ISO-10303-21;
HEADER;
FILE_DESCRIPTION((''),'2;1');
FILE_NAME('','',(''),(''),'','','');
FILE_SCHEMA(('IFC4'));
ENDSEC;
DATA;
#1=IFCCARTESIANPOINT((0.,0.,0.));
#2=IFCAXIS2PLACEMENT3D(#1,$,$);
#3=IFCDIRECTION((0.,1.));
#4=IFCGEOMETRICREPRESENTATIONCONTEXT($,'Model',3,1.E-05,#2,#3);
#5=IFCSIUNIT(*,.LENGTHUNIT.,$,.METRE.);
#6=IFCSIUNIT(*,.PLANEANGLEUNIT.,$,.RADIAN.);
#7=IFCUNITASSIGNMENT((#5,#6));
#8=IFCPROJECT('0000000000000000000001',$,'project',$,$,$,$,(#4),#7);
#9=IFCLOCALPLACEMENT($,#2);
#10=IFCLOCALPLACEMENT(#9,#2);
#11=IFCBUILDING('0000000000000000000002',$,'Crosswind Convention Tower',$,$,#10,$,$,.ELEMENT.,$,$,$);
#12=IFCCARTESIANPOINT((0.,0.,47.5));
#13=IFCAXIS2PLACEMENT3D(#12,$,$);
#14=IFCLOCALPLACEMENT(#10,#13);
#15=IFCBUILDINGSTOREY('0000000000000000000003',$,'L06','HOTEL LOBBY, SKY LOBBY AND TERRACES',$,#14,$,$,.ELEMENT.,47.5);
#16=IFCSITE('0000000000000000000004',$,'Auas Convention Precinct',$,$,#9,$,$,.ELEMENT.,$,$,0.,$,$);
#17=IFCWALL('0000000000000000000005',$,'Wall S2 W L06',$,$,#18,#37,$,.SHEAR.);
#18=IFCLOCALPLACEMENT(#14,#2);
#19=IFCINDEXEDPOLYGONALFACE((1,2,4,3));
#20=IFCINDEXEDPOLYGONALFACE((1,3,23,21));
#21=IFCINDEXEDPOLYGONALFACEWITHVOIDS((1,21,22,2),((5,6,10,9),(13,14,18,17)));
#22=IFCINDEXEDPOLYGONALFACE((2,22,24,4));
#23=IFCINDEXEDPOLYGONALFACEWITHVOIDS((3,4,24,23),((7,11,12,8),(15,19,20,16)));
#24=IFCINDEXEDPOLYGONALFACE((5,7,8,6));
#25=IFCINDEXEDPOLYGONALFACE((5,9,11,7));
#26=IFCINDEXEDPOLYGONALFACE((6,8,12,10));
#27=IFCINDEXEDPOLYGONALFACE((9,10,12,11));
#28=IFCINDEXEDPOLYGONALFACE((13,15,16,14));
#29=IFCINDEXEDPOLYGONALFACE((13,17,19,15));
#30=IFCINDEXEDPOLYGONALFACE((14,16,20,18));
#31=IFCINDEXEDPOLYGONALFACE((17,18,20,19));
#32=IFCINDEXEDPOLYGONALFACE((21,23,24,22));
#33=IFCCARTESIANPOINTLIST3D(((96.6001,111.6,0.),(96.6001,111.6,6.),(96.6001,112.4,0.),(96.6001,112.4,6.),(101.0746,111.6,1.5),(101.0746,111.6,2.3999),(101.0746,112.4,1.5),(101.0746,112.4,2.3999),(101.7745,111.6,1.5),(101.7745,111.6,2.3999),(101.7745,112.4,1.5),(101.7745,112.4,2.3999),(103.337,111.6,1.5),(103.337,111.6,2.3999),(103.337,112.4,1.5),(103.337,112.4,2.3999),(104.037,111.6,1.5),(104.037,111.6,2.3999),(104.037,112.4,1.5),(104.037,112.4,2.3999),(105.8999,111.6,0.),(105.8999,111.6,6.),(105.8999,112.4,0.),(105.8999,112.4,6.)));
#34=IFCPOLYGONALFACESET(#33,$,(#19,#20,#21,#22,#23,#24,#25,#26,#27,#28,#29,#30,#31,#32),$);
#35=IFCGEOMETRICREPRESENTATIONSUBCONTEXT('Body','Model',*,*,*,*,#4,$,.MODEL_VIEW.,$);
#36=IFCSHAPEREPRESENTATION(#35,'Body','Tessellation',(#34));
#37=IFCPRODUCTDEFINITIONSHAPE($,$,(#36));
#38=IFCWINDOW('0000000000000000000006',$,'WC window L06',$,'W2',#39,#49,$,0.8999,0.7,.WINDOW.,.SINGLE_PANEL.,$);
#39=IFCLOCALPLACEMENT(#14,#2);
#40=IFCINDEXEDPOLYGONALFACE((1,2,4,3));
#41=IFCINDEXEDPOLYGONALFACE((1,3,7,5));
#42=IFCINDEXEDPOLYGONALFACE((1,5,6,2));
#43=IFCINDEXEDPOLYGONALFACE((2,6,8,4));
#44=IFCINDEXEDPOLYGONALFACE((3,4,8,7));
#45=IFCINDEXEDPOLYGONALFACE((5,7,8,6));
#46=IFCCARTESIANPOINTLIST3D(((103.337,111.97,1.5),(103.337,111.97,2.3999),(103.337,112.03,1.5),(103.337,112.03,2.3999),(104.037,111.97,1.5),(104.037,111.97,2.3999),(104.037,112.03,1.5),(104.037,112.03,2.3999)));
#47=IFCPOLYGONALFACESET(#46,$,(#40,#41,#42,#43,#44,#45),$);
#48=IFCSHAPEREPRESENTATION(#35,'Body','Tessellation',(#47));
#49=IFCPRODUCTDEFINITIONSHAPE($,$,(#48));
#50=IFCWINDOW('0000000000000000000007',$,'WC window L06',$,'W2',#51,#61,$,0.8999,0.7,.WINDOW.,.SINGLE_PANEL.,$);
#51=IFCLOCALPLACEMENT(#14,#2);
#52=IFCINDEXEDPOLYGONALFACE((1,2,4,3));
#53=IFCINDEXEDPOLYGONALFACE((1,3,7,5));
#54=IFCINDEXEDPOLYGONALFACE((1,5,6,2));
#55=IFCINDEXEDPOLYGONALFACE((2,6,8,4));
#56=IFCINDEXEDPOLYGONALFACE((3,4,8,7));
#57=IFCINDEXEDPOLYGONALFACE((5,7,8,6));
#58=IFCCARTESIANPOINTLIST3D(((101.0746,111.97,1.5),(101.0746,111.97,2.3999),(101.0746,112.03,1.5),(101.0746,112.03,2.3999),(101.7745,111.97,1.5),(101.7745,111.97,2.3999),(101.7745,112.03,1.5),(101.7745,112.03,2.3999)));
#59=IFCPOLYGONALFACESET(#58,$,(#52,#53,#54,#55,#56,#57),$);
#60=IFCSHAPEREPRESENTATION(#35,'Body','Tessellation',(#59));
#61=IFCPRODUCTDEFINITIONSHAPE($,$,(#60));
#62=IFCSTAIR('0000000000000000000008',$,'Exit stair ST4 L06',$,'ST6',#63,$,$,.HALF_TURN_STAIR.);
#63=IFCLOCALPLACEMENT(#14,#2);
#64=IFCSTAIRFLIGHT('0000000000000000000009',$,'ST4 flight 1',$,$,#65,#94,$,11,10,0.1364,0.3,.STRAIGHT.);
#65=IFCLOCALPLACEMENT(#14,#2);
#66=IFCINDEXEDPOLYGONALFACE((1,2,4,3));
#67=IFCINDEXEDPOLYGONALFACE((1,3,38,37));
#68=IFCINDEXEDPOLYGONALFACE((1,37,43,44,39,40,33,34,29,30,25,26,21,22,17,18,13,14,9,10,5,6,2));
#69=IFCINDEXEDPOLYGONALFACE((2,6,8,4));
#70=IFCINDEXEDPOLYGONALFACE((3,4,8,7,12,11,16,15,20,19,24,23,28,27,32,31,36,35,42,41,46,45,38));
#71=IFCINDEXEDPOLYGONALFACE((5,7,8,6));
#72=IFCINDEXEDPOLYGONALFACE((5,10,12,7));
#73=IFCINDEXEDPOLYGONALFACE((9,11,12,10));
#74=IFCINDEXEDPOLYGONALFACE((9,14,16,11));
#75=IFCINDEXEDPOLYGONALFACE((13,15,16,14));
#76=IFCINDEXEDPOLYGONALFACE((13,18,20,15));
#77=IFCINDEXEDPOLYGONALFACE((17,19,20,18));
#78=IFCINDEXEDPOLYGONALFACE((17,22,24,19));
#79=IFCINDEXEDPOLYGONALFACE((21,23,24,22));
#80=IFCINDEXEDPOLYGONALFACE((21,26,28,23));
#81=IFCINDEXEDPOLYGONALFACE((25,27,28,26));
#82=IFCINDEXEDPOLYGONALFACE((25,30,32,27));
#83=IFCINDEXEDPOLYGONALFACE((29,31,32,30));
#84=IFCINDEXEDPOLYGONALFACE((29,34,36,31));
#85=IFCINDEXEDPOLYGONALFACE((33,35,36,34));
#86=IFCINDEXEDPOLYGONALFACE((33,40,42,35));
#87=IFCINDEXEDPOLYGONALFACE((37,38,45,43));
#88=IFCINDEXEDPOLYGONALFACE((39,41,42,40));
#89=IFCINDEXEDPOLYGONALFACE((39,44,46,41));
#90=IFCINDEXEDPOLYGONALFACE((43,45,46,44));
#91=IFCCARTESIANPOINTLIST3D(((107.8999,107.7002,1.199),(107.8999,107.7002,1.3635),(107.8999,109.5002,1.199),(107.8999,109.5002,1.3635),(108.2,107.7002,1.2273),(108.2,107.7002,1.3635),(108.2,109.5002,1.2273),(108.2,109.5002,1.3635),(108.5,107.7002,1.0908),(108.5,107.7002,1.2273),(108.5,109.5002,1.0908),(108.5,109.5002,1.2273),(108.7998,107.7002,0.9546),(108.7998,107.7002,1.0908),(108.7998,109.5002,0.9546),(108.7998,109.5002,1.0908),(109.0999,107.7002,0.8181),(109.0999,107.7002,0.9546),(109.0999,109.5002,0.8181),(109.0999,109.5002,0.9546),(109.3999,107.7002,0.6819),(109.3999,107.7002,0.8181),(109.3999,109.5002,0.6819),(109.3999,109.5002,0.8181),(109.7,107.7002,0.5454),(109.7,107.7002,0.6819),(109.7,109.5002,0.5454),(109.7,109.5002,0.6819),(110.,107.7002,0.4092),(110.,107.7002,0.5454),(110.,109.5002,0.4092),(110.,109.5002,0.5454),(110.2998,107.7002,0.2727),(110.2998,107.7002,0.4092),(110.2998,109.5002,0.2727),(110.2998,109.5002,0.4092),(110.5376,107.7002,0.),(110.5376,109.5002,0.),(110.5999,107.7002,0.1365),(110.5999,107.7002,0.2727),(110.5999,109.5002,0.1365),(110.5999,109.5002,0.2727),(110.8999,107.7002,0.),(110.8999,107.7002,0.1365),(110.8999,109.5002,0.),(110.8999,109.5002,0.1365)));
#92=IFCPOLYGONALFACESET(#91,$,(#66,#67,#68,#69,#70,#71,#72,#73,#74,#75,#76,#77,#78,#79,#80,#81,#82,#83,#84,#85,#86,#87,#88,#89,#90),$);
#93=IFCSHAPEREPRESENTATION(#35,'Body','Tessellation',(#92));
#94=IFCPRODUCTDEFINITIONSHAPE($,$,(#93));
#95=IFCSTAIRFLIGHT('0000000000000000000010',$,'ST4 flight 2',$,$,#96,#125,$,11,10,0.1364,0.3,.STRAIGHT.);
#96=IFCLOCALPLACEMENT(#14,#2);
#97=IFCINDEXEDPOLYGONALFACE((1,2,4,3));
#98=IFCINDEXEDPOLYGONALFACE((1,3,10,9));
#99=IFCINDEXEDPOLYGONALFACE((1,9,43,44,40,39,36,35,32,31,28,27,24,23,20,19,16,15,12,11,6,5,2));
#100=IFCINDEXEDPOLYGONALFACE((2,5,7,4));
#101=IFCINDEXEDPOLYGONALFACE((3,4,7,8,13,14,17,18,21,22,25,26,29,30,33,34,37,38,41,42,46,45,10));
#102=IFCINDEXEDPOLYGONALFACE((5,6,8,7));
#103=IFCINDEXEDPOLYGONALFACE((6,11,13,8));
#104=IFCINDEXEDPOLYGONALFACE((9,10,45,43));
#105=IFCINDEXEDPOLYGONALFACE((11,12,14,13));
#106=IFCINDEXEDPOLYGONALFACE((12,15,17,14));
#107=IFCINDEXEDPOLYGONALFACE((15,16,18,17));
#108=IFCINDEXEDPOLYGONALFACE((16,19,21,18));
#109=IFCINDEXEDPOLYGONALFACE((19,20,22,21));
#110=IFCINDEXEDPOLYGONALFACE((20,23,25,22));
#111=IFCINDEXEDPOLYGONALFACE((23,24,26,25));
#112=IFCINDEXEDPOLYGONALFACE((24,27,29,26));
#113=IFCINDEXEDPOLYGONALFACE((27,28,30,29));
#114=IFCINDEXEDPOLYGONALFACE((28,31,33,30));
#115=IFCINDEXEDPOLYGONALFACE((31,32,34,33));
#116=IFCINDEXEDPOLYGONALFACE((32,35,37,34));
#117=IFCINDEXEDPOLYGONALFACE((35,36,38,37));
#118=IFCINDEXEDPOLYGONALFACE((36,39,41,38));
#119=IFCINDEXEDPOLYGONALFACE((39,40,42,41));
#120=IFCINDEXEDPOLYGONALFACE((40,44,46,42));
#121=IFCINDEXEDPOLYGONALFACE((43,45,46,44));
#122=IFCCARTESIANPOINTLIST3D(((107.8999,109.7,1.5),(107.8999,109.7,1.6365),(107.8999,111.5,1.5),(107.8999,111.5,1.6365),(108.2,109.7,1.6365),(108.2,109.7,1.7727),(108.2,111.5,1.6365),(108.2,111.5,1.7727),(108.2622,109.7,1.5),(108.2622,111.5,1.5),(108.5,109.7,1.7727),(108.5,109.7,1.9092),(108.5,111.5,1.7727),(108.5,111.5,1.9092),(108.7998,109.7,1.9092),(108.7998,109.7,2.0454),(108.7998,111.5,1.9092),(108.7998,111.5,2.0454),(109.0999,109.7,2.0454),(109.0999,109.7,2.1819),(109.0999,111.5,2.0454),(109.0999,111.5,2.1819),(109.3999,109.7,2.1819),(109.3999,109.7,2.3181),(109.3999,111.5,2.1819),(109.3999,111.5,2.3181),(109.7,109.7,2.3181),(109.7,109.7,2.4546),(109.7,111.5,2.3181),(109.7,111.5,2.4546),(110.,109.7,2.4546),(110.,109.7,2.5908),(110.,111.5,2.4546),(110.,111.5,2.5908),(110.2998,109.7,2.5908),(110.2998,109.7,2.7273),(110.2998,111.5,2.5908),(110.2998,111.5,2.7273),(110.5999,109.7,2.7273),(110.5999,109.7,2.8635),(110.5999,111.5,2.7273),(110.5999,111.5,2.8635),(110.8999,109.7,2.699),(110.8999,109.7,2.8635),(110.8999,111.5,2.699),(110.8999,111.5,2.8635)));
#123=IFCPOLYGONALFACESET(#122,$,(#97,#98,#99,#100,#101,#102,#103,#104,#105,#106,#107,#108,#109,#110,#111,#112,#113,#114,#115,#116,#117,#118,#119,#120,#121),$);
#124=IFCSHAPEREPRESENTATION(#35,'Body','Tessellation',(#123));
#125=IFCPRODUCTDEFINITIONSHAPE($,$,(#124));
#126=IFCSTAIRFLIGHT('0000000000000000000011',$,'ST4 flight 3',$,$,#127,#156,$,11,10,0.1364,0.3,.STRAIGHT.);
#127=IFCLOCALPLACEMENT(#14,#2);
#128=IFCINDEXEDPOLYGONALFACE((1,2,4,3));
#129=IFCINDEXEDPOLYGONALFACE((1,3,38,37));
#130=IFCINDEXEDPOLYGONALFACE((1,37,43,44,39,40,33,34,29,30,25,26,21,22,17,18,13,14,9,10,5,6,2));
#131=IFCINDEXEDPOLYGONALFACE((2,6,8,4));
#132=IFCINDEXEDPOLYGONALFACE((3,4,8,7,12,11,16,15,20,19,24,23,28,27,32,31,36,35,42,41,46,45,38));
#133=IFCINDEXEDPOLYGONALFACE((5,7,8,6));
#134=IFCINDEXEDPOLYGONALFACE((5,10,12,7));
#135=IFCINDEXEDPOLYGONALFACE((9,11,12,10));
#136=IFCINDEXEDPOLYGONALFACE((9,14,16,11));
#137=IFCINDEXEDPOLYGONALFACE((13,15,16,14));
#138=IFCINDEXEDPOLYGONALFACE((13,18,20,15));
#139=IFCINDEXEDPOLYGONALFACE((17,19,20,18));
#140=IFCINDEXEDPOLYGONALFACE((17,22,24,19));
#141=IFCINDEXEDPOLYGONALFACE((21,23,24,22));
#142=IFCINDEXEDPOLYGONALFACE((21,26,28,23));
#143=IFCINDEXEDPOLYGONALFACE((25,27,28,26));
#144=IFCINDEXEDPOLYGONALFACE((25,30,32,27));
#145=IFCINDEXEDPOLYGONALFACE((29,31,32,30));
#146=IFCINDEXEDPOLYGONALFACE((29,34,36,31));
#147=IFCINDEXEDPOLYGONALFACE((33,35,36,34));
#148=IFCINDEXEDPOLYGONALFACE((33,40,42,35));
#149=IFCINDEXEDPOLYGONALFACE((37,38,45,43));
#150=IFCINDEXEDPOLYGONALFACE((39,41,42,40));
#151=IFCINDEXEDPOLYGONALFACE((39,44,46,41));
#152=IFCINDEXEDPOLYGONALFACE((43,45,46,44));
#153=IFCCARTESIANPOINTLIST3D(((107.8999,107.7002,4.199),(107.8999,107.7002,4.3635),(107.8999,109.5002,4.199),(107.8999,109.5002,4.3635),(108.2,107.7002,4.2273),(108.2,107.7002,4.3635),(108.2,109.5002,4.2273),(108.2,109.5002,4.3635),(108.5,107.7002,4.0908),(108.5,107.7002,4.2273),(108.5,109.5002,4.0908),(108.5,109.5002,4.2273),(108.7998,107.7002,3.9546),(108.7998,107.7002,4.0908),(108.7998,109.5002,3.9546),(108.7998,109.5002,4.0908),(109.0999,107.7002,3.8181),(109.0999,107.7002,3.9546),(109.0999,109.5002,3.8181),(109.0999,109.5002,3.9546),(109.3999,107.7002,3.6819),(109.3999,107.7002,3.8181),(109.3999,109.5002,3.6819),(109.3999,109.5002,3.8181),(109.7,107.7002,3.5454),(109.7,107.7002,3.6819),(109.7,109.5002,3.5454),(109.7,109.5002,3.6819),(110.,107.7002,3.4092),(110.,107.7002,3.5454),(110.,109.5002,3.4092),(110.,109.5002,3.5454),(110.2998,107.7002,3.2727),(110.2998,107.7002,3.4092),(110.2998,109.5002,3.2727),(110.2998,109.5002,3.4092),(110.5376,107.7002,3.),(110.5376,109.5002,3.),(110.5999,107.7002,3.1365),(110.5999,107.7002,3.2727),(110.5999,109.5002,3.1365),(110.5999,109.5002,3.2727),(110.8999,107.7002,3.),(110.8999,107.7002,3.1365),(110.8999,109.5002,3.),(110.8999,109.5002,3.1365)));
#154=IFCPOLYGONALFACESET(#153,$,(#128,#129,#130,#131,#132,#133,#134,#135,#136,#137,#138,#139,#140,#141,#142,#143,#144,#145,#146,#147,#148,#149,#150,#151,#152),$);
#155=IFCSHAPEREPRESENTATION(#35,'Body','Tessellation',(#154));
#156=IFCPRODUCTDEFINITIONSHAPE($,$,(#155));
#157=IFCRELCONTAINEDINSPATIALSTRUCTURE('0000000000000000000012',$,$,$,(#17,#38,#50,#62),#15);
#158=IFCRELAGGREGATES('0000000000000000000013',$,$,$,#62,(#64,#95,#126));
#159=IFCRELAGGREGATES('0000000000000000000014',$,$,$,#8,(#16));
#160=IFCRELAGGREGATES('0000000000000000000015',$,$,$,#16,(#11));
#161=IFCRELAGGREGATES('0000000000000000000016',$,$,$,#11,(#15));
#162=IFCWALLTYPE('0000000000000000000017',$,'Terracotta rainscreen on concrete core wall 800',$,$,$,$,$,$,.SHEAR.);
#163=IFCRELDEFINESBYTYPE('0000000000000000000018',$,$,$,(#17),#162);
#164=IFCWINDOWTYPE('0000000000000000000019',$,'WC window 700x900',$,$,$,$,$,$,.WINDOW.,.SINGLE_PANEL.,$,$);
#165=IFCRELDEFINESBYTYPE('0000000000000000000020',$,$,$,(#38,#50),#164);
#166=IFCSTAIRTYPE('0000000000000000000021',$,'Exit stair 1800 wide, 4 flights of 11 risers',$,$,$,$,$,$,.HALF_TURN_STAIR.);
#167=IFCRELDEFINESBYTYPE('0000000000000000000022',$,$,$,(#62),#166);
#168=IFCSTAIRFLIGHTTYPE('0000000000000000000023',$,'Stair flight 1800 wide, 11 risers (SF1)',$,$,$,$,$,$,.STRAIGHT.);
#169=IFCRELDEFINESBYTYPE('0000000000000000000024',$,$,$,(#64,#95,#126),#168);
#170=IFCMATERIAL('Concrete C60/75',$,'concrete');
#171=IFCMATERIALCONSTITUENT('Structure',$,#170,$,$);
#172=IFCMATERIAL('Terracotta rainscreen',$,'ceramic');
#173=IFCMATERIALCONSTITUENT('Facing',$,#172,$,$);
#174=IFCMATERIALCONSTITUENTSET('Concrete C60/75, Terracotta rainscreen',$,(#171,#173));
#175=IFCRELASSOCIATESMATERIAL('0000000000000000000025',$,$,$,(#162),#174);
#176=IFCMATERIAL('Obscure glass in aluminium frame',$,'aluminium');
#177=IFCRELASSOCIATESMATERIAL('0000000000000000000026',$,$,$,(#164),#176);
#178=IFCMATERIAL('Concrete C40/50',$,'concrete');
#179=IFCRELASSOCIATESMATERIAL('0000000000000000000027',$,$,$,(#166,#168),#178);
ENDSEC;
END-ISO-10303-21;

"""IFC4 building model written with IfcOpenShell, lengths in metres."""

from ifc_helpers import new_model, si_unit, direction, frame, frame_2d, origin, place, context, subcontext, project, spatial, polyline, rectangle, outline, extrude, material, constituent, constituent_set, type_object, element, fill, aggregate, save


model = new_model("IFC4")

# Units and contexts
model_context = context("Model", 3, precision=1e-05, world=origin(), true_north=direction((0.0, 1.0)))
body_context = subcontext(model_context, "Body", "Model", "MODEL_VIEW")
ifc_project = project(units=[si_unit("LENGTHUNIT", "METRE"), si_unit("PLANEANGLEUNIT", "RADIAN")], contexts=[model_context])

# Site, building, storey
site_placement = place(None, origin())
site = spatial("IfcSite", under=ifc_project, at=site_placement, Name="Auas Convention Precinct", CompositionType="ELEMENT", RefElevation=0.0)
building_placement = place(site_placement, origin())
building = spatial("IfcBuilding", under=site, at=building_placement, Name="Crosswind Convention Tower", CompositionType="ELEMENT")
storey_placement = place(building_placement, frame((0.0, 0.0, 47.5)))
storey = spatial("IfcBuildingStorey", under=building, at=storey_placement, Name="L06", Description="HOTEL LOBBY, SKY LOBBY AND TERRACES", CompositionType="ELEMENT", Elevation=47.5)

# Shared definitions
ifc_material_1 = material(Name="Concrete C60/75", Category="concrete")
ifc_constituent_1 = constituent(ifc_material_1, Name="Structure")
ifc_material_2 = material(Name="Terracotta rainscreen", Category="ceramic")
ifc_constituent_2 = constituent(ifc_material_2, Name="Facing")
ifc_constituent_set = constituent_set(constituents=[ifc_constituent_1, ifc_constituent_2], Name="Concrete C60/75, Terracotta rainscreen")
wall_type_1 = type_object("IfcWallType", Name="Terracotta rainscreen on concrete core wall 800", PredefinedType="SHEAR", material=ifc_constituent_set)

# Wall, openings, windows
wall_1_placement = place(storey_placement, frame((105.8999, 112.0, 0.0), z_axis=(0.0, 0.0, 1.0), x_axis=(-1.0, 0.0, 0.0)))
wall_1 = element("IfcWall", 1, at=wall_1_placement, inside=storey, type_object=wall_type_1, Name="Wall S2 W L06", PredefinedType="SHEAR", context=body_context, shape_type="SweptSolid", body=[
    extrude(rectangle(XDim=9.2998, YDim=0.8, at=frame_2d((4.6499, 0.0))), origin(), (0.0, 0.0, 1.0), 6.0),
])
opening_1_placement = place(wall_1_placement, frame((1.8628, 0.0, 1.5)))
opening_1 = element("IfcOpeningElement", 2, at=opening_1_placement, cuts=wall_1, PredefinedType="OPENING", context=body_context, shape_type="SweptSolid", body=[
    extrude(rectangle(XDim=0.7, YDim=0.8999, at=frame_2d((0.3501, 0.45))), frame((0.0, 0.4099, 0.0), z_axis=(0.0, -1.0, 0.0), x_axis=(1.0, 0.0, 0.0)), (0.0, 0.0, 1.0), 0.8201),
])
opening_2_placement = place(wall_1_placement, frame((4.1252, 0.0, 1.5)))
opening_2 = element("IfcOpeningElement", 3, at=opening_2_placement, cuts=wall_1, PredefinedType="OPENING", context=body_context, shape_type="SweptSolid", body=[
    extrude(rectangle(XDim=0.7, YDim=0.8999, at=frame_2d((0.3501, 0.45))), frame((0.0, 0.4099, 0.0), z_axis=(0.0, -1.0, 0.0), x_axis=(1.0, 0.0, 0.0)), (0.0, 0.0, 1.0), 0.8201),
])
ifc_material_3 = material(Name="Obscure glass in aluminium frame", Category="aluminium")
window_type = type_object("IfcWindowType", Name="WC window 700x900", PartitioningType="SINGLE_PANEL", PredefinedType="WINDOW", material=ifc_material_3)
window_1_placement = place(opening_1_placement, origin())
window_1 = element("IfcWindow", 4, at=window_1_placement, inside=storey, type_object=window_type, Name="WC window L06", ObjectType="W2", OverallHeight=0.8999, OverallWidth=0.7, PartitioningType="SINGLE_PANEL", PredefinedType="WINDOW", context=body_context, shape_type="SweptSolid", body=[
    extrude(rectangle(XDim=0.7, YDim=0.8999, at=frame_2d((0.3501, 0.45))), frame((0.0, 0.03, 0.0), z_axis=(0.0, -1.0, 0.0), x_axis=(1.0, 0.0, 0.0)), (0.0, 0.0, 1.0), 0.0601),
])
fill(opening_1, window_1)
window_2_placement = place(opening_2_placement, origin())
window_2 = element("IfcWindow", 5, at=window_2_placement, inside=storey, type_object=window_type, Name="WC window L06", ObjectType="W2", OverallHeight=0.8999, OverallWidth=0.7, PartitioningType="SINGLE_PANEL", PredefinedType="WINDOW", context=body_context, shape_type="SweptSolid", body=[
    extrude(rectangle(XDim=0.7, YDim=0.8999, at=frame_2d((0.3501, 0.45))), frame((0.0, 0.03, 0.0), z_axis=(0.0, -1.0, 0.0), x_axis=(1.0, 0.0, 0.0)), (0.0, 0.0, 1.0), 0.0601),
])
fill(opening_2, window_2)

# Stair, stair flights
ifc_material_4 = material(Name="Concrete C40/50", Category="concrete")
stair_type = type_object("IfcStairType", Name="Exit stair 1800 wide, 4 flights of 11 risers", PredefinedType="HALF_TURN_STAIR", material=ifc_material_4)
stair_placement = place(storey_placement, origin())
stair = element("IfcStair", 6, at=stair_placement, inside=storey, type_object=stair_type, Name="Exit stair ST4 L06", ObjectType="ST6", PredefinedType="HALF_TURN_STAIR")
stair_flight_type = type_object("IfcStairFlightType", Name="Stair flight 1800 wide, 11 risers (SF1)", PredefinedType="STRAIGHT", material=ifc_material_4)
stair_flight_1_placement = place(storey_placement, frame((110.8999, 108.6001, 0.0), z_axis=(0.0, 0.0, 1.0), x_axis=(-1.0, 0.0, 0.0)))
stair_flight_1 = element("IfcStairFlight", 7, at=stair_flight_1_placement, type_object=stair_flight_type, Name="ST4 flight 1", NumberOfRisers=11, NumberOfTreads=10, PredefinedType="STRAIGHT", RiserHeight=0.1364, TreadLength=0.3, context=body_context, shape_type="SweptSolid", body=[
    extrude(outline(polyline([(0.0, 0.0), (0.0, 0.1365), (0.3, 0.1365), (0.3, 0.2727), (0.6001, 0.2727), (0.6001, 0.4092), (0.8999, 0.4092), (0.8999, 0.5454), (1.2, 0.5454), (1.2, 0.6819), (1.5, 0.6819), (1.5, 0.8181), (1.8, 0.8181), (1.8, 0.9546), (2.1001, 0.9546), (2.1001, 1.0908), (2.3999, 1.0908), (2.3999, 1.2273), (2.7, 1.2273), (2.7, 1.3635), (3.0, 1.3635), (3.0, 1.5), (3.0, 1.199), (0.3623, 0.0), (0.0, 0.0)])), frame((0.0, 0.8999, 0.0), z_axis=(0.0, -1.0, 0.0), x_axis=(1.0, 0.0, 0.0)), (0.0, 0.0, 1.0), 1.8),
])
stair_flight_2_placement = place(storey_placement, frame((107.8999, 110.6001, 1.5), z_axis=(0.0, 0.0, 1.0), x_axis=(1.0, 0.0, 0.0)))
stair_flight_2 = element("IfcStairFlight", 8, at=stair_flight_2_placement, type_object=stair_flight_type, Name="ST4 flight 2", NumberOfRisers=11, NumberOfTreads=10, PredefinedType="STRAIGHT", RiserHeight=0.1364, TreadLength=0.3, context=body_context, shape_type="SweptSolid", body=[
    extrude(outline(polyline([(0.0, 0.0), (0.0, 0.1365), (0.3, 0.1365), (0.3, 0.2727), (0.6001, 0.2727), (0.6001, 0.4092), (0.8999, 0.4092), (0.8999, 0.5454), (1.2, 0.5454), (1.2, 0.6819), (1.5, 0.6819), (1.5, 0.8181), (1.8, 0.8181), (1.8, 0.9546), (2.1001, 0.9546), (2.1001, 1.0908), (2.3999, 1.0908), (2.3999, 1.2273), (2.7, 1.2273), (2.7, 1.3635), (3.0, 1.3635), (3.0, 1.5), (3.0, 1.199), (0.3623, 0.0), (0.0, 0.0)])), frame((0.0, 0.8999, 0.0), z_axis=(0.0, -1.0, 0.0), x_axis=(1.0, 0.0, 0.0)), (0.0, 0.0, 1.0), 1.8),
])
stair_flight_3_placement = place(storey_placement, frame((110.8999, 108.6001, 3.0), z_axis=(0.0, 0.0, 1.0), x_axis=(-1.0, 0.0, 0.0)))
stair_flight_3 = element("IfcStairFlight", 9, at=stair_flight_3_placement, type_object=stair_flight_type, Name="ST4 flight 3", NumberOfRisers=11, NumberOfTreads=10, PredefinedType="STRAIGHT", RiserHeight=0.1364, TreadLength=0.3, context=body_context, shape_type="SweptSolid", body=[
    extrude(outline(polyline([(0.0, 0.0), (0.0, 0.1365), (0.3, 0.1365), (0.3, 0.2727), (0.6001, 0.2727), (0.6001, 0.4092), (0.8999, 0.4092), (0.8999, 0.5454), (1.2, 0.5454), (1.2, 0.6819), (1.5, 0.6819), (1.5, 0.8181), (1.8, 0.8181), (1.8, 0.9546), (2.1001, 0.9546), (2.1001, 1.0908), (2.3999, 1.0908), (2.3999, 1.2273), (2.7, 1.2273), (2.7, 1.3635), (3.0, 1.3635), (3.0, 1.5), (3.0, 1.199), (0.3623, 0.0), (0.0, 0.0)])), frame((0.0, 0.8999, 0.0), z_axis=(0.0, -1.0, 0.0), x_axis=(1.0, 0.0, 0.0)), (0.0, 0.0, 1.0), 1.8),
])
aggregate(stair, [stair_flight_1, stair_flight_2, stair_flight_3])

save(model, "model.ifc")
